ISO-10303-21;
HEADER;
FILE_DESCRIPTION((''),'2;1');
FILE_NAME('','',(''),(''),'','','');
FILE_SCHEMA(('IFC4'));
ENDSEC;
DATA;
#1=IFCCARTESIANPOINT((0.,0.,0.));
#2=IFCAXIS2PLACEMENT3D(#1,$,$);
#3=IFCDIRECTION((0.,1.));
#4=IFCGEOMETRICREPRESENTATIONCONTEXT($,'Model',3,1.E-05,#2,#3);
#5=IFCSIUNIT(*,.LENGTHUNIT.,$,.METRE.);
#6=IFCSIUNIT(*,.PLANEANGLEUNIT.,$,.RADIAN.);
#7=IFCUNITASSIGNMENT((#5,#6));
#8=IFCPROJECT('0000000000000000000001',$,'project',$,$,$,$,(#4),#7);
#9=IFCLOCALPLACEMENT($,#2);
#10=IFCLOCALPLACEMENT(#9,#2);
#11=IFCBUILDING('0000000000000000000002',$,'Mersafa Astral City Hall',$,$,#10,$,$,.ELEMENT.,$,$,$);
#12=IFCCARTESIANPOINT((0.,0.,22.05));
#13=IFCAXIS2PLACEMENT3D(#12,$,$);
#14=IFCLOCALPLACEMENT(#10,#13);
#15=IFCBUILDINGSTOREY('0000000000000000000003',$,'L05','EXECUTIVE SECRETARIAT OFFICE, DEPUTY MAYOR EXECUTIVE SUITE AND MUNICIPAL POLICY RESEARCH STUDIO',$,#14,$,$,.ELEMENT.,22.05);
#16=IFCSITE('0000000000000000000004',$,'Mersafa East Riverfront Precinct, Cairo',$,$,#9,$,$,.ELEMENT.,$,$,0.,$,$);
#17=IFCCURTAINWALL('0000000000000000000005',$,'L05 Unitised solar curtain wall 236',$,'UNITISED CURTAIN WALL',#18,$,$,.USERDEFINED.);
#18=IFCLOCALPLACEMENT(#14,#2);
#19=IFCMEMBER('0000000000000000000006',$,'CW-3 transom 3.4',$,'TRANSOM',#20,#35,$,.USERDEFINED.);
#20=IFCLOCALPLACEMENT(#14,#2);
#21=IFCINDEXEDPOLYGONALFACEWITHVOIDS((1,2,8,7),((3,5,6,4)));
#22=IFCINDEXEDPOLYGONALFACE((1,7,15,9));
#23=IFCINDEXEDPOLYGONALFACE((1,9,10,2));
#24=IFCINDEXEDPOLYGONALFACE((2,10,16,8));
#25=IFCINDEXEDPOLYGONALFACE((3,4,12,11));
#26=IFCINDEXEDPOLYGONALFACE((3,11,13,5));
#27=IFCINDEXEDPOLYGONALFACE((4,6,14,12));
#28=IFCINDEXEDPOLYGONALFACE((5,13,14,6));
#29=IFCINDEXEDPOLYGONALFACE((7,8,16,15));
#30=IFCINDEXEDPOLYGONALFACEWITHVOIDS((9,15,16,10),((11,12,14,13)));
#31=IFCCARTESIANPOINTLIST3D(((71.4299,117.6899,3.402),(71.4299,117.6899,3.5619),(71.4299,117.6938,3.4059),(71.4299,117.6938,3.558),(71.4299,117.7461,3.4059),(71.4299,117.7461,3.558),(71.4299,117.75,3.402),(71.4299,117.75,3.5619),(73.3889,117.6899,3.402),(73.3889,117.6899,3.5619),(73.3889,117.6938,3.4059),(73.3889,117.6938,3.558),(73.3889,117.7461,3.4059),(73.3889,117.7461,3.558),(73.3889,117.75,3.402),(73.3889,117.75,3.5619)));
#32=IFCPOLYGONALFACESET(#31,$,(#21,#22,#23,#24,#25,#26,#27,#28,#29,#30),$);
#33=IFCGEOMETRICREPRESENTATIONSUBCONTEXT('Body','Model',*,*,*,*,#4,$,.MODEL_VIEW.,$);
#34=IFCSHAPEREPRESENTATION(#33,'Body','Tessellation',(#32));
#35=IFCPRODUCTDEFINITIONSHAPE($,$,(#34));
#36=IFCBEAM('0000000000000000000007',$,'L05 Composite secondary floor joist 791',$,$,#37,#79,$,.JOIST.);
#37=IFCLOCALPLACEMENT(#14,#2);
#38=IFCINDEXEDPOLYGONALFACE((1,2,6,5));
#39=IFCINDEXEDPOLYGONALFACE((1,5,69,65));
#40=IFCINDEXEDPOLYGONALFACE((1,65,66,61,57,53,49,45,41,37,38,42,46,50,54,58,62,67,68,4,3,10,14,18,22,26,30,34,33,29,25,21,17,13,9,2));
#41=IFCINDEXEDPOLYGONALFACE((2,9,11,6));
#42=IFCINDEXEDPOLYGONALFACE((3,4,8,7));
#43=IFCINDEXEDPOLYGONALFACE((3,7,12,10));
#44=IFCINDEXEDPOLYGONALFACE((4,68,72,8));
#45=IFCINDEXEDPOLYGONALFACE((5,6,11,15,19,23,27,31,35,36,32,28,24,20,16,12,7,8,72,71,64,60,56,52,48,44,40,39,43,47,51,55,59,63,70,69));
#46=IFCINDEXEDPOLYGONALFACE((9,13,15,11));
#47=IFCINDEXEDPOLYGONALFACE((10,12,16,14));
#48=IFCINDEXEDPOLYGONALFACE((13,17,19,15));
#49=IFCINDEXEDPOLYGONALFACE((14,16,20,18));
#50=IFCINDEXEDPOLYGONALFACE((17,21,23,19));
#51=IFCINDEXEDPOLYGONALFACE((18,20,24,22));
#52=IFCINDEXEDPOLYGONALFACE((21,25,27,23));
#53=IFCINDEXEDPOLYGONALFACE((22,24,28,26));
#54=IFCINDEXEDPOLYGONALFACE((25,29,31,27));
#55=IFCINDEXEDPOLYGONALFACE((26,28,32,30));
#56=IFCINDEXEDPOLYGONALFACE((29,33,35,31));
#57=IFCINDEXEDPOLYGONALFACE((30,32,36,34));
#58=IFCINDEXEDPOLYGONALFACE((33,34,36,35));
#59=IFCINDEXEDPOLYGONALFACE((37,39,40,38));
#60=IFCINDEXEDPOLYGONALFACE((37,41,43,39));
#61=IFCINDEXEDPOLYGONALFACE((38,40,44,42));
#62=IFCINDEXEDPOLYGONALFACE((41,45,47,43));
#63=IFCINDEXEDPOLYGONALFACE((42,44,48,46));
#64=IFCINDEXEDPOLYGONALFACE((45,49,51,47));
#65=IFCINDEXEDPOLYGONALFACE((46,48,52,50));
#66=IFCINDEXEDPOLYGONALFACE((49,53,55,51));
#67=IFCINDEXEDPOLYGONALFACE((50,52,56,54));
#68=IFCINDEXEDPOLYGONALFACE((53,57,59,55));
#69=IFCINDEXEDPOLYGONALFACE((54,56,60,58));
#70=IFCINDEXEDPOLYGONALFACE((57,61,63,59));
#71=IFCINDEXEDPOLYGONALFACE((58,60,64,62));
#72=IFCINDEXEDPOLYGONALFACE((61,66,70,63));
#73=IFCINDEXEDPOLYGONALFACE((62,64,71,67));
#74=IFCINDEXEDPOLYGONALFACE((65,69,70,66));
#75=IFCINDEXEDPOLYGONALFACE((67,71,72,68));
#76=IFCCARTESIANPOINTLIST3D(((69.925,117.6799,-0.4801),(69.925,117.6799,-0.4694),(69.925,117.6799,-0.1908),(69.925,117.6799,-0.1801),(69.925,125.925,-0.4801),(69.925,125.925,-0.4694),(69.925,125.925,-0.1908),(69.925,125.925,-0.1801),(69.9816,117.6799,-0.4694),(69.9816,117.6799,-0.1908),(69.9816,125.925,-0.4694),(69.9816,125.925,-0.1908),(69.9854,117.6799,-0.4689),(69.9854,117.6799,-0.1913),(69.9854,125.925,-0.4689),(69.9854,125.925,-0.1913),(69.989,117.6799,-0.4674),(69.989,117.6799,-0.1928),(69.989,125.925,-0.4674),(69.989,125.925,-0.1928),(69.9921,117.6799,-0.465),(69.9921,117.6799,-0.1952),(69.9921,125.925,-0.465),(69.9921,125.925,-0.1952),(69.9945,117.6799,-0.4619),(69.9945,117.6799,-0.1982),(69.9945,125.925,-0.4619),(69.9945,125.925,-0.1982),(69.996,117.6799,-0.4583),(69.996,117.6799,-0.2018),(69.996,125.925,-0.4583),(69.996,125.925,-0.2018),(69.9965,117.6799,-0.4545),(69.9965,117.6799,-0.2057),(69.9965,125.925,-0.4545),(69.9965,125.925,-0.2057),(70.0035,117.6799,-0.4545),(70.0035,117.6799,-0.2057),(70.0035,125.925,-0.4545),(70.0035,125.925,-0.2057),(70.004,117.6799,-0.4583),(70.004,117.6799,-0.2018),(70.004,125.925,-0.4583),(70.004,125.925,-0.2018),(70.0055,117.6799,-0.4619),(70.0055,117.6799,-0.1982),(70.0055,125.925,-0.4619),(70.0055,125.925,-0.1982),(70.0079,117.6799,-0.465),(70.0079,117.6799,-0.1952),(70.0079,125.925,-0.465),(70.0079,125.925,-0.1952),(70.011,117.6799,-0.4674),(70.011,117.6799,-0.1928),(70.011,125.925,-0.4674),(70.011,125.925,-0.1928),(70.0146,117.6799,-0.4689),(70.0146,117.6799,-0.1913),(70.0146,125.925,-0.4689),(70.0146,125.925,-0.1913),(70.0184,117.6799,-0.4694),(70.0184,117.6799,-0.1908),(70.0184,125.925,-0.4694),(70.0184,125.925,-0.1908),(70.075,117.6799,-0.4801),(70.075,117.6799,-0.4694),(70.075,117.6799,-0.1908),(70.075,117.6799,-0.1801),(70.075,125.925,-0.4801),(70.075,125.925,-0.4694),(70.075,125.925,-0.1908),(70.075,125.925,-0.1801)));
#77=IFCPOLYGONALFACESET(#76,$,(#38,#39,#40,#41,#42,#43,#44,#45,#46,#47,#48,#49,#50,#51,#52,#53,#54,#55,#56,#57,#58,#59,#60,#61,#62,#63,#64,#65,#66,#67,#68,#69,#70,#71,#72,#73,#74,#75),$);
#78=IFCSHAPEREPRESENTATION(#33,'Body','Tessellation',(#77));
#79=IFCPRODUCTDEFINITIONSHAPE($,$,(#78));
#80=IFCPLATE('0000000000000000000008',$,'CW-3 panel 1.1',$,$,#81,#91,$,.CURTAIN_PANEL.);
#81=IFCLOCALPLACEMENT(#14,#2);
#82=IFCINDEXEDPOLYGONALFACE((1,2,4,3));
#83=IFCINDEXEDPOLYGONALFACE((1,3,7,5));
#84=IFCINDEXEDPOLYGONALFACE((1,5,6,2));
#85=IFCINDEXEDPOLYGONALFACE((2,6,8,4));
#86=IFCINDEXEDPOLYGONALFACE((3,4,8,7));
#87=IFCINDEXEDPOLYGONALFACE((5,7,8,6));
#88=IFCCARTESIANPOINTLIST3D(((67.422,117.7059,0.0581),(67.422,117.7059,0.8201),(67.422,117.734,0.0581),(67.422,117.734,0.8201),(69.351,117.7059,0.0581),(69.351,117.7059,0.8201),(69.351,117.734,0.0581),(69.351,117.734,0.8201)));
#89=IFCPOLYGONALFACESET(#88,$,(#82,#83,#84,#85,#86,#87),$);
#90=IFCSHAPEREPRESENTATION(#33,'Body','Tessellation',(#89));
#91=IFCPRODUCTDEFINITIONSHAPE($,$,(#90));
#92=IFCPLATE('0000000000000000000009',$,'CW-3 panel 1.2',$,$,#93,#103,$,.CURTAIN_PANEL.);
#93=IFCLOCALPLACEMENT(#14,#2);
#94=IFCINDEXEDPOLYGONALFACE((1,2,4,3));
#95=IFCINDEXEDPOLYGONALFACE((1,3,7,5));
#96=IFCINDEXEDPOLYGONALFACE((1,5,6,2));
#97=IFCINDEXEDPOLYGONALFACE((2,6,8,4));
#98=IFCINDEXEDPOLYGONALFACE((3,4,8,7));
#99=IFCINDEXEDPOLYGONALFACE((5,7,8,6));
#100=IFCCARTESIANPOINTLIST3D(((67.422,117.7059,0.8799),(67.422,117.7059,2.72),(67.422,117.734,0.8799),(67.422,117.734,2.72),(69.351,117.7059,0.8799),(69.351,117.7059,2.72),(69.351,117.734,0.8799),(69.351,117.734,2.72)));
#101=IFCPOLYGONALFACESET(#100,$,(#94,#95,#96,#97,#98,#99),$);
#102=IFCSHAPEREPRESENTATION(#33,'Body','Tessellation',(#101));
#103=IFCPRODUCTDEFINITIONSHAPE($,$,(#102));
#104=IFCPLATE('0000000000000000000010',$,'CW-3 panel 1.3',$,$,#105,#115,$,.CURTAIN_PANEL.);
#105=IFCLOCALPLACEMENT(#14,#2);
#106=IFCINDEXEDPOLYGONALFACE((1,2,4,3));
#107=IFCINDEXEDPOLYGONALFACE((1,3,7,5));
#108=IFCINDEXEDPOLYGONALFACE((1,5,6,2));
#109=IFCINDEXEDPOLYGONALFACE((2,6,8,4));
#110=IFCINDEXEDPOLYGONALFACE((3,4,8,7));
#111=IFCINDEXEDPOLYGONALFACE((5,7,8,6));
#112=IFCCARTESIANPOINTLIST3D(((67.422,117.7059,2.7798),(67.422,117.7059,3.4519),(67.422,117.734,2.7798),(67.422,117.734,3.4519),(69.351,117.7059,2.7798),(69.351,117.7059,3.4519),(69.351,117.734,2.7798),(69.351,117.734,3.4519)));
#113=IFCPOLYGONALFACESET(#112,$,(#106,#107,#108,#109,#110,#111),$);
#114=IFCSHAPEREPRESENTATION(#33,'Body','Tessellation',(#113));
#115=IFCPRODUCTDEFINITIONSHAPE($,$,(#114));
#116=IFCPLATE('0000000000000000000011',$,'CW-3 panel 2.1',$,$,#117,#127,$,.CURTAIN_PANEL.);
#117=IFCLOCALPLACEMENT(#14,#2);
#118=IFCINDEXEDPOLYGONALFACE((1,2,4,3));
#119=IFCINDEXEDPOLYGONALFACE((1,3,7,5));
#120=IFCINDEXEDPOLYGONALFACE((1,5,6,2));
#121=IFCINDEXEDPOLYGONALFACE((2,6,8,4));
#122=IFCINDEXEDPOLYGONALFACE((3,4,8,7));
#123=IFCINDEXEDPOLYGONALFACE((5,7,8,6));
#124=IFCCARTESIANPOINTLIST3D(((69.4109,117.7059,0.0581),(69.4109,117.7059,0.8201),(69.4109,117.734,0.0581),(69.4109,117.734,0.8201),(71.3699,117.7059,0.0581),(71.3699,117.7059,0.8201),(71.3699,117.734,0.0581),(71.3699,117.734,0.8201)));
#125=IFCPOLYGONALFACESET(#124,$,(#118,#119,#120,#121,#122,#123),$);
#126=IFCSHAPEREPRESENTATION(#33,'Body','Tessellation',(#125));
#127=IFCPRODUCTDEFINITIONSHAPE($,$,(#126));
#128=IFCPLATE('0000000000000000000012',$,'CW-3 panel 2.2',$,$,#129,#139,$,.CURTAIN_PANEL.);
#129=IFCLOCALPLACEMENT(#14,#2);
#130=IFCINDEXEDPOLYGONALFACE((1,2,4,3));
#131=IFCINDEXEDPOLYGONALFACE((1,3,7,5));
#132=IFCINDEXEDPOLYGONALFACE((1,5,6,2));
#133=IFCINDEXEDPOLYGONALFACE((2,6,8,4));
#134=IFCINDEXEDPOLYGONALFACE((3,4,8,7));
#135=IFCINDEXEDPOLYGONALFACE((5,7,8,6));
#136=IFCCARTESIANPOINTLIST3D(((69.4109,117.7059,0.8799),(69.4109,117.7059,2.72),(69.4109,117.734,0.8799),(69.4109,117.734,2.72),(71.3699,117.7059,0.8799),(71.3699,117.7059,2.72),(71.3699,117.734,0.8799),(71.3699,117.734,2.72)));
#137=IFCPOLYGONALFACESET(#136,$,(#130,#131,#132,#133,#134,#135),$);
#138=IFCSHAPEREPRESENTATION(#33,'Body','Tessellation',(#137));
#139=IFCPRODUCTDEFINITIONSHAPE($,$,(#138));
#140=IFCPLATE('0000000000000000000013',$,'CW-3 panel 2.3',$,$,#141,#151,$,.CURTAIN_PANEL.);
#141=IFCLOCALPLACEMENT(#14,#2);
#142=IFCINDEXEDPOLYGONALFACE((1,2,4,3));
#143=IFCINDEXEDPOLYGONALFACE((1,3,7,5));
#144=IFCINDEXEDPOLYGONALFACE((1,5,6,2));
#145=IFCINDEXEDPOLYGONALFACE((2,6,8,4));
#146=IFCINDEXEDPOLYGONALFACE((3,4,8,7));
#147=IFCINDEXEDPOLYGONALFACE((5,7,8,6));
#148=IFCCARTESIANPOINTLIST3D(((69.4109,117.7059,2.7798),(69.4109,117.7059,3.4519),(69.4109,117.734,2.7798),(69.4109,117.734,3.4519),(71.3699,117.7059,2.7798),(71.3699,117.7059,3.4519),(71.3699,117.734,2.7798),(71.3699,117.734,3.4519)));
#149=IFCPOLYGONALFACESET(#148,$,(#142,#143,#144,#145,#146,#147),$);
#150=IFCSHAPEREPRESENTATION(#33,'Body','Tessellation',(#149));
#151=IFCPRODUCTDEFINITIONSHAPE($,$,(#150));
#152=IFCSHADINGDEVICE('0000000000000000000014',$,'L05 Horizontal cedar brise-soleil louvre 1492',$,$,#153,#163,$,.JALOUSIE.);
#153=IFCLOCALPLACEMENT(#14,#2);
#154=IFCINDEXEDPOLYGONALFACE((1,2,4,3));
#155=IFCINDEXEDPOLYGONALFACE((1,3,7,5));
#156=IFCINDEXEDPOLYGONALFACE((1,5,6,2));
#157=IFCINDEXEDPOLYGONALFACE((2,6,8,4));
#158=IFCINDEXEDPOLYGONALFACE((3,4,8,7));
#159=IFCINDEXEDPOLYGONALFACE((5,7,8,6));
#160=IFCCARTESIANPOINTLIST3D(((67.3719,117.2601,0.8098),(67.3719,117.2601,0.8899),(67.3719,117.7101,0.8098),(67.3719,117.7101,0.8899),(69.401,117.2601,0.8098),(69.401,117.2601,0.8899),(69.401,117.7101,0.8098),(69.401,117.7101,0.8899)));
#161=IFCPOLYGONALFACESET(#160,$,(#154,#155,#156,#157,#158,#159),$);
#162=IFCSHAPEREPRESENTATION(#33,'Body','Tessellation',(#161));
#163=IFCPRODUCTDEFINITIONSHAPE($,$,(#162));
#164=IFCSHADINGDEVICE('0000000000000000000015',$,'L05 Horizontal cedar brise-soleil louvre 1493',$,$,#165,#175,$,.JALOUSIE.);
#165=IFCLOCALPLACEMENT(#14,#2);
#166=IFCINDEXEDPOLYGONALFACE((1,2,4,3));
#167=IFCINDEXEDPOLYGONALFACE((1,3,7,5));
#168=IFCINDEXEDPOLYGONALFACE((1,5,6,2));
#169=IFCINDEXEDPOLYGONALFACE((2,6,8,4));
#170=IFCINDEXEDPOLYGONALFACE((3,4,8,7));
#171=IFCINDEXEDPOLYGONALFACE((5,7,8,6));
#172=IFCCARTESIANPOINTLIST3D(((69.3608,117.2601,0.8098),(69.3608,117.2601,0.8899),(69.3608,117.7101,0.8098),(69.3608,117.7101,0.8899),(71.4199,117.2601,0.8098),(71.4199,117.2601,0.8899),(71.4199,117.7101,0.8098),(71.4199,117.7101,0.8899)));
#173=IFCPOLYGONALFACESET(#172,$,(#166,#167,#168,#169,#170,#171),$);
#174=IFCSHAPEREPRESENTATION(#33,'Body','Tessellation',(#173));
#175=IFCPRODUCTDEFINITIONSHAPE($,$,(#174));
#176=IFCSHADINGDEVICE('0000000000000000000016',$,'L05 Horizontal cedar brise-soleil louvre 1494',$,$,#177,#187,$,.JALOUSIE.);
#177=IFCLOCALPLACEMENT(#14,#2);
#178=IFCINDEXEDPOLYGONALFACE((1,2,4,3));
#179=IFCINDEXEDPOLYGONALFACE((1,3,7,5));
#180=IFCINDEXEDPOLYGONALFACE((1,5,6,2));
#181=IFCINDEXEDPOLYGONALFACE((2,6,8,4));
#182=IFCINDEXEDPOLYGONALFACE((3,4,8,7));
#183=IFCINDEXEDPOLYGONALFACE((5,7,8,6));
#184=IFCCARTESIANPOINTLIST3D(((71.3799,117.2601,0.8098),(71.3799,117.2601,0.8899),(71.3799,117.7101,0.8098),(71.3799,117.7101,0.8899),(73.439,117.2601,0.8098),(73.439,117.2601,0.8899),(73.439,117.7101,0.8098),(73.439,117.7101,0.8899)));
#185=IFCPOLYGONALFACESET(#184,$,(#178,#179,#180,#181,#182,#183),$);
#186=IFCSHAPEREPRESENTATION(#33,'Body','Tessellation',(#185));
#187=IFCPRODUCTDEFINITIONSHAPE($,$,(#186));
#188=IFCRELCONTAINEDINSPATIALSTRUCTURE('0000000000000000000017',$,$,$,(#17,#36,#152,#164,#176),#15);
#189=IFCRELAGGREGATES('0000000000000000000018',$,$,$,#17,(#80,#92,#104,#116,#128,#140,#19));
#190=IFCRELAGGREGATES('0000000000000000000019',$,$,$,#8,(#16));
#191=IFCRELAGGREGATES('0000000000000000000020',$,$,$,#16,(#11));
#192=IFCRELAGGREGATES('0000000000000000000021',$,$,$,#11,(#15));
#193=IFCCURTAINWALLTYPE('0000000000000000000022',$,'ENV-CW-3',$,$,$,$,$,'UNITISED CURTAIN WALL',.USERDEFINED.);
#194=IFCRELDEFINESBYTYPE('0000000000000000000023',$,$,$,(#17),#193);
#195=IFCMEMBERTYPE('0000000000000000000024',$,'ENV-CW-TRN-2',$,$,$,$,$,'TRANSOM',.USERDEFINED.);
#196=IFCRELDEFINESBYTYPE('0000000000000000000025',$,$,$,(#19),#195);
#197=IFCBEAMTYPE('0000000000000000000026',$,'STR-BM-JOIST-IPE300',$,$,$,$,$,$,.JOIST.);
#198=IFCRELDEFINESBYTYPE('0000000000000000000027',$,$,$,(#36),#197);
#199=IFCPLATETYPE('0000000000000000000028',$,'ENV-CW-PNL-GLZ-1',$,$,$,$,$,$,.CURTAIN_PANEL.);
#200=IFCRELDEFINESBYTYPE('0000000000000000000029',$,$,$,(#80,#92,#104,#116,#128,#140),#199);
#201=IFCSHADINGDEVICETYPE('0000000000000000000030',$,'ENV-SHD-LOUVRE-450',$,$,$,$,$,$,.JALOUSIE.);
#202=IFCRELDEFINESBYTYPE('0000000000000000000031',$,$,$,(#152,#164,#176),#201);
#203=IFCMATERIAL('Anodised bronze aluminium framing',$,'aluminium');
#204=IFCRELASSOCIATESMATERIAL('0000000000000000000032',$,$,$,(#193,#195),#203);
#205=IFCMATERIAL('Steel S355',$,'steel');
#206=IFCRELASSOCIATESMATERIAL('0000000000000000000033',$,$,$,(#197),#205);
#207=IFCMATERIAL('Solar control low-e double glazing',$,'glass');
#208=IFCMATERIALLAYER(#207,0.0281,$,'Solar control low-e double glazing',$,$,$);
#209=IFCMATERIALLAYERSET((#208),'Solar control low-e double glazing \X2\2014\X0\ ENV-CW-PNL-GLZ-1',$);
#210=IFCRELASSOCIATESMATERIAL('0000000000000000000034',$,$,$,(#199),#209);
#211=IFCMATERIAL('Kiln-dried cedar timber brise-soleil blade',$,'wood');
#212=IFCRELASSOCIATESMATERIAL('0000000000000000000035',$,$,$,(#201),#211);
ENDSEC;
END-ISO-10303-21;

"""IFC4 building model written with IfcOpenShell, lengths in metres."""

from ifc_helpers import new_model, si_unit, direction, frame, origin, origin_2d, place, context, subcontext, project, spatial, rectangle, hollow_rectangle, i_section, extrude, material, layer, layer_set, material_profile, profile_set, type_object, element, aggregate, save


model = new_model("IFC4")

# Units and contexts
model_context = context("Model", 3, precision=1e-05, world=origin(), true_north=direction((0.0, 1.0)))
body_context = subcontext(model_context, "Body", "Model", "MODEL_VIEW")
ifc_project = project(units=[si_unit("LENGTHUNIT", "METRE"), si_unit("PLANEANGLEUNIT", "RADIAN")], contexts=[model_context])

# Site, building, storey
site_placement = place(None, origin())
site = spatial("IfcSite", under=ifc_project, at=site_placement, Name="Mersafa East Riverfront Precinct, Cairo", CompositionType="ELEMENT", RefElevation=0.0)
building_placement = place(site_placement, origin())
building = spatial("IfcBuilding", under=site, at=building_placement, Name="Mersafa Astral City Hall", CompositionType="ELEMENT")
storey_placement = place(building_placement, frame((0.0, 0.0, 22.05)))
storey = spatial("IfcBuildingStorey", under=building, at=storey_placement, Name="L05", Description="EXECUTIVE SECRETARIAT OFFICE, DEPUTY MAYOR EXECUTIVE SUITE AND MUNICIPAL POLICY RESEARCH STUDIO", CompositionType="ELEMENT", Elevation=22.05)

# Curtain wall, member
ifc_material_1 = material(Name="Anodised bronze aluminium framing", Category="aluminium")
curtain_wall_type = type_object("IfcCurtainWallType", Name="ENV-CW-3", ElementType="UNITISED CURTAIN WALL", PredefinedType="USERDEFINED", material=ifc_material_1)
curtain_wall_placement = place(storey_placement, origin())
curtain_wall = element("IfcCurtainWall", 1, at=curtain_wall_placement, inside=storey, type_object=curtain_wall_type, Name="L05 Unitised solar curtain wall 236", ObjectType="UNITISED CURTAIN WALL", PredefinedType="USERDEFINED")
ifc_material_profile_1 = material_profile(ifc_material_1, hollow_rectangle(XDim=0.0601, YDim=0.1599, WallThickness=0.0039, at=origin_2d()), Name="RHS 60x160x4")
ifc_profile_set_1 = profile_set([ifc_material_profile_1], Name="Anodised bronze aluminium framing")
member_type_1 = type_object("IfcMemberType", Name="ENV-CW-TRN-2", ElementType="TRANSOM", PredefinedType="USERDEFINED", material=ifc_profile_set_1)
member_1_placement = place(storey_placement, frame((71.4299, 117.72, 3.4819), z_axis=(1.0, 0.0, 0.0), x_axis=(0.0, 1.0, 0.0)))
member_1 = element("IfcMember", 2, at=member_1_placement, type_object=member_type_1, Name="CW-3 transom 3.4", ObjectType="TRANSOM", PredefinedType="USERDEFINED", context=body_context, shape_type="SweptSolid", body=[
    extrude(hollow_rectangle(XDim=0.0601, YDim=0.1599, WallThickness=0.0039, at=origin_2d()), origin(), (0.0, 0.0, 1.0), 1.959),
])

# Beam
ifc_material_2 = material(Name="Steel S355", Category="steel")
ifc_material_profile_2 = material_profile(ifc_material_2, i_section(OverallWidth=0.1499, OverallDepth=0.3, WebThickness=0.0071, FlangeThickness=0.0107, FilletRadius=0.0149, at=origin_2d()), Name="IPE 300")
ifc_profile_set_2 = profile_set([ifc_material_profile_2], Name="Steel S355")
beam_type = type_object("IfcBeamType", Name="STR-BM-JOIST-IPE300", PredefinedType="JOIST", material=ifc_profile_set_2)
beam_placement = place(storey_placement, frame((70.0, 117.6799, -0.3301), z_axis=(0.0, 1.0, 0.0), x_axis=(-1.0, 0.0, 0.0)))
element("IfcBeam", 3, at=beam_placement, inside=storey, type_object=beam_type, Name="L05 Composite secondary floor joist 791", PredefinedType="JOIST", context=body_context, shape_type="SweptSolid", body=[
    extrude(i_section(OverallWidth=0.1499, OverallDepth=0.3, WebThickness=0.0071, FlangeThickness=0.0107, FilletRadius=0.0149, at=origin_2d()), origin(), (0.0, 0.0, 1.0), 8.2451),
])

# Plates
ifc_material_3 = material(Name="Solar control low-e double glazing", Category="glass")
ifc_layer = layer(ifc_material_3, 0.0281, Name="Solar control low-e double glazing")
ifc_layer_set = layer_set([ifc_layer], Name="Solar control low-e double glazing — ENV-CW-PNL-GLZ-1")
plate_type = type_object("IfcPlateType", Name="ENV-CW-PNL-GLZ-1", PredefinedType="CURTAIN_PANEL", material=ifc_layer_set)
plate_1_placement = place(storey_placement, frame((68.3865, 117.72, 0.0581), z_axis=(0.0, 0.0, 1.0), x_axis=(1.0, 0.0, 0.0)))
plate_1 = element("IfcPlate", 4, at=plate_1_placement, type_object=plate_type, Name="CW-3 panel 1.1", PredefinedType="CURTAIN_PANEL", context=body_context, shape_type="SweptSolid", body=[
    extrude(rectangle(XDim=1.929, YDim=0.0281, at=origin_2d()), origin(), (0.0, 0.0, 1.0), 0.762),
])
plate_2_placement = place(storey_placement, frame((68.3865, 117.72, 0.8799), z_axis=(0.0, 0.0, 1.0), x_axis=(1.0, 0.0, 0.0)))
plate_2 = element("IfcPlate", 5, at=plate_2_placement, type_object=plate_type, Name="CW-3 panel 1.2", PredefinedType="CURTAIN_PANEL", context=body_context, shape_type="SweptSolid", body=[
    extrude(rectangle(XDim=1.929, YDim=0.0281, at=origin_2d()), origin(), (0.0, 0.0, 1.0), 1.8401),
])
plate_3_placement = place(storey_placement, frame((68.3865, 117.72, 2.7798), z_axis=(0.0, 0.0, 1.0), x_axis=(1.0, 0.0, 0.0)))
plate_3 = element("IfcPlate", 6, at=plate_3_placement, type_object=plate_type, Name="CW-3 panel 1.3", PredefinedType="CURTAIN_PANEL", context=body_context, shape_type="SweptSolid", body=[
    extrude(rectangle(XDim=1.929, YDim=0.0281, at=origin_2d()), origin(), (0.0, 0.0, 1.0), 0.6721),
])
plate_4_placement = place(storey_placement, frame((70.3904, 117.72, 0.0581), z_axis=(0.0, 0.0, 1.0), x_axis=(1.0, 0.0, 0.0)))
plate_4 = element("IfcPlate", 7, at=plate_4_placement, type_object=plate_type, Name="CW-3 panel 2.1", PredefinedType="CURTAIN_PANEL", context=body_context, shape_type="SweptSolid", body=[
    extrude(rectangle(XDim=1.959, YDim=0.0281, at=origin_2d()), origin(), (0.0, 0.0, 1.0), 0.762),
])
plate_5_placement = place(storey_placement, frame((70.3904, 117.72, 0.8799), z_axis=(0.0, 0.0, 1.0), x_axis=(1.0, 0.0, 0.0)))
plate_5 = element("IfcPlate", 8, at=plate_5_placement, type_object=plate_type, Name="CW-3 panel 2.2", PredefinedType="CURTAIN_PANEL", context=body_context, shape_type="SweptSolid", body=[
    extrude(rectangle(XDim=1.959, YDim=0.0281, at=origin_2d()), origin(), (0.0, 0.0, 1.0), 1.8401),
])
plate_6_placement = place(storey_placement, frame((70.3904, 117.72, 2.7798), z_axis=(0.0, 0.0, 1.0), x_axis=(1.0, 0.0, 0.0)))
plate_6 = element("IfcPlate", 9, at=plate_6_placement, type_object=plate_type, Name="CW-3 panel 2.3", PredefinedType="CURTAIN_PANEL", context=body_context, shape_type="SweptSolid", body=[
    extrude(rectangle(XDim=1.959, YDim=0.0281, at=origin_2d()), origin(), (0.0, 0.0, 1.0), 0.6721),
])
aggregate(curtain_wall, [plate_1, plate_2, plate_3, plate_4, plate_5, plate_6, member_1])

# Shading devices
ifc_material_4 = material(Name="Kiln-dried cedar timber brise-soleil blade", Category="wood")
shading_device_type = type_object("IfcShadingDeviceType", Name="ENV-SHD-LOUVRE-450", PredefinedType="JALOUSIE", material=ifc_material_4)
shading_device_1_placement = place(storey_placement, frame((68.3865, 117.4851, 0.8098), z_axis=(0.0, 0.0, 1.0), x_axis=(1.0, 0.0, 0.0)))
element("IfcShadingDevice", 10, at=shading_device_1_placement, inside=storey, type_object=shading_device_type, Name="L05 Horizontal cedar brise-soleil louvre 1492", PredefinedType="JALOUSIE", context=body_context, shape_type="SweptSolid", body=[
    extrude(rectangle(XDim=2.0291, YDim=0.45, at=origin_2d()), origin(), (0.0, 0.0, 1.0), 0.0801),
])
for number, where, z_axis, x_axis, name in (
    (11, (70.3904, 117.4851, 0.8098), (0.0, 0.0, 1.0), (1.0, 0.0, 0.0), "L05 Horizontal cedar brise-soleil louvre 1493"),
    (12, (72.4094, 117.4851, 0.8098), (0.0, 0.0, 1.0), (1.0, 0.0, 0.0), "L05 Horizontal cedar brise-soleil louvre 1494"),
):
    element("IfcShadingDevice", number, at=place(storey_placement, frame(where, z_axis=z_axis, x_axis=x_axis)), inside=storey, type_object=shading_device_type, Name=name, PredefinedType="JALOUSIE", context=body_context, shape_type="SweptSolid", body=[
        extrude(rectangle(XDim=2.0591, YDim=0.45, at=origin_2d()), origin(), (0.0, 0.0, 1.0), 0.0801),
    ])

save(model, "model.ifc")
